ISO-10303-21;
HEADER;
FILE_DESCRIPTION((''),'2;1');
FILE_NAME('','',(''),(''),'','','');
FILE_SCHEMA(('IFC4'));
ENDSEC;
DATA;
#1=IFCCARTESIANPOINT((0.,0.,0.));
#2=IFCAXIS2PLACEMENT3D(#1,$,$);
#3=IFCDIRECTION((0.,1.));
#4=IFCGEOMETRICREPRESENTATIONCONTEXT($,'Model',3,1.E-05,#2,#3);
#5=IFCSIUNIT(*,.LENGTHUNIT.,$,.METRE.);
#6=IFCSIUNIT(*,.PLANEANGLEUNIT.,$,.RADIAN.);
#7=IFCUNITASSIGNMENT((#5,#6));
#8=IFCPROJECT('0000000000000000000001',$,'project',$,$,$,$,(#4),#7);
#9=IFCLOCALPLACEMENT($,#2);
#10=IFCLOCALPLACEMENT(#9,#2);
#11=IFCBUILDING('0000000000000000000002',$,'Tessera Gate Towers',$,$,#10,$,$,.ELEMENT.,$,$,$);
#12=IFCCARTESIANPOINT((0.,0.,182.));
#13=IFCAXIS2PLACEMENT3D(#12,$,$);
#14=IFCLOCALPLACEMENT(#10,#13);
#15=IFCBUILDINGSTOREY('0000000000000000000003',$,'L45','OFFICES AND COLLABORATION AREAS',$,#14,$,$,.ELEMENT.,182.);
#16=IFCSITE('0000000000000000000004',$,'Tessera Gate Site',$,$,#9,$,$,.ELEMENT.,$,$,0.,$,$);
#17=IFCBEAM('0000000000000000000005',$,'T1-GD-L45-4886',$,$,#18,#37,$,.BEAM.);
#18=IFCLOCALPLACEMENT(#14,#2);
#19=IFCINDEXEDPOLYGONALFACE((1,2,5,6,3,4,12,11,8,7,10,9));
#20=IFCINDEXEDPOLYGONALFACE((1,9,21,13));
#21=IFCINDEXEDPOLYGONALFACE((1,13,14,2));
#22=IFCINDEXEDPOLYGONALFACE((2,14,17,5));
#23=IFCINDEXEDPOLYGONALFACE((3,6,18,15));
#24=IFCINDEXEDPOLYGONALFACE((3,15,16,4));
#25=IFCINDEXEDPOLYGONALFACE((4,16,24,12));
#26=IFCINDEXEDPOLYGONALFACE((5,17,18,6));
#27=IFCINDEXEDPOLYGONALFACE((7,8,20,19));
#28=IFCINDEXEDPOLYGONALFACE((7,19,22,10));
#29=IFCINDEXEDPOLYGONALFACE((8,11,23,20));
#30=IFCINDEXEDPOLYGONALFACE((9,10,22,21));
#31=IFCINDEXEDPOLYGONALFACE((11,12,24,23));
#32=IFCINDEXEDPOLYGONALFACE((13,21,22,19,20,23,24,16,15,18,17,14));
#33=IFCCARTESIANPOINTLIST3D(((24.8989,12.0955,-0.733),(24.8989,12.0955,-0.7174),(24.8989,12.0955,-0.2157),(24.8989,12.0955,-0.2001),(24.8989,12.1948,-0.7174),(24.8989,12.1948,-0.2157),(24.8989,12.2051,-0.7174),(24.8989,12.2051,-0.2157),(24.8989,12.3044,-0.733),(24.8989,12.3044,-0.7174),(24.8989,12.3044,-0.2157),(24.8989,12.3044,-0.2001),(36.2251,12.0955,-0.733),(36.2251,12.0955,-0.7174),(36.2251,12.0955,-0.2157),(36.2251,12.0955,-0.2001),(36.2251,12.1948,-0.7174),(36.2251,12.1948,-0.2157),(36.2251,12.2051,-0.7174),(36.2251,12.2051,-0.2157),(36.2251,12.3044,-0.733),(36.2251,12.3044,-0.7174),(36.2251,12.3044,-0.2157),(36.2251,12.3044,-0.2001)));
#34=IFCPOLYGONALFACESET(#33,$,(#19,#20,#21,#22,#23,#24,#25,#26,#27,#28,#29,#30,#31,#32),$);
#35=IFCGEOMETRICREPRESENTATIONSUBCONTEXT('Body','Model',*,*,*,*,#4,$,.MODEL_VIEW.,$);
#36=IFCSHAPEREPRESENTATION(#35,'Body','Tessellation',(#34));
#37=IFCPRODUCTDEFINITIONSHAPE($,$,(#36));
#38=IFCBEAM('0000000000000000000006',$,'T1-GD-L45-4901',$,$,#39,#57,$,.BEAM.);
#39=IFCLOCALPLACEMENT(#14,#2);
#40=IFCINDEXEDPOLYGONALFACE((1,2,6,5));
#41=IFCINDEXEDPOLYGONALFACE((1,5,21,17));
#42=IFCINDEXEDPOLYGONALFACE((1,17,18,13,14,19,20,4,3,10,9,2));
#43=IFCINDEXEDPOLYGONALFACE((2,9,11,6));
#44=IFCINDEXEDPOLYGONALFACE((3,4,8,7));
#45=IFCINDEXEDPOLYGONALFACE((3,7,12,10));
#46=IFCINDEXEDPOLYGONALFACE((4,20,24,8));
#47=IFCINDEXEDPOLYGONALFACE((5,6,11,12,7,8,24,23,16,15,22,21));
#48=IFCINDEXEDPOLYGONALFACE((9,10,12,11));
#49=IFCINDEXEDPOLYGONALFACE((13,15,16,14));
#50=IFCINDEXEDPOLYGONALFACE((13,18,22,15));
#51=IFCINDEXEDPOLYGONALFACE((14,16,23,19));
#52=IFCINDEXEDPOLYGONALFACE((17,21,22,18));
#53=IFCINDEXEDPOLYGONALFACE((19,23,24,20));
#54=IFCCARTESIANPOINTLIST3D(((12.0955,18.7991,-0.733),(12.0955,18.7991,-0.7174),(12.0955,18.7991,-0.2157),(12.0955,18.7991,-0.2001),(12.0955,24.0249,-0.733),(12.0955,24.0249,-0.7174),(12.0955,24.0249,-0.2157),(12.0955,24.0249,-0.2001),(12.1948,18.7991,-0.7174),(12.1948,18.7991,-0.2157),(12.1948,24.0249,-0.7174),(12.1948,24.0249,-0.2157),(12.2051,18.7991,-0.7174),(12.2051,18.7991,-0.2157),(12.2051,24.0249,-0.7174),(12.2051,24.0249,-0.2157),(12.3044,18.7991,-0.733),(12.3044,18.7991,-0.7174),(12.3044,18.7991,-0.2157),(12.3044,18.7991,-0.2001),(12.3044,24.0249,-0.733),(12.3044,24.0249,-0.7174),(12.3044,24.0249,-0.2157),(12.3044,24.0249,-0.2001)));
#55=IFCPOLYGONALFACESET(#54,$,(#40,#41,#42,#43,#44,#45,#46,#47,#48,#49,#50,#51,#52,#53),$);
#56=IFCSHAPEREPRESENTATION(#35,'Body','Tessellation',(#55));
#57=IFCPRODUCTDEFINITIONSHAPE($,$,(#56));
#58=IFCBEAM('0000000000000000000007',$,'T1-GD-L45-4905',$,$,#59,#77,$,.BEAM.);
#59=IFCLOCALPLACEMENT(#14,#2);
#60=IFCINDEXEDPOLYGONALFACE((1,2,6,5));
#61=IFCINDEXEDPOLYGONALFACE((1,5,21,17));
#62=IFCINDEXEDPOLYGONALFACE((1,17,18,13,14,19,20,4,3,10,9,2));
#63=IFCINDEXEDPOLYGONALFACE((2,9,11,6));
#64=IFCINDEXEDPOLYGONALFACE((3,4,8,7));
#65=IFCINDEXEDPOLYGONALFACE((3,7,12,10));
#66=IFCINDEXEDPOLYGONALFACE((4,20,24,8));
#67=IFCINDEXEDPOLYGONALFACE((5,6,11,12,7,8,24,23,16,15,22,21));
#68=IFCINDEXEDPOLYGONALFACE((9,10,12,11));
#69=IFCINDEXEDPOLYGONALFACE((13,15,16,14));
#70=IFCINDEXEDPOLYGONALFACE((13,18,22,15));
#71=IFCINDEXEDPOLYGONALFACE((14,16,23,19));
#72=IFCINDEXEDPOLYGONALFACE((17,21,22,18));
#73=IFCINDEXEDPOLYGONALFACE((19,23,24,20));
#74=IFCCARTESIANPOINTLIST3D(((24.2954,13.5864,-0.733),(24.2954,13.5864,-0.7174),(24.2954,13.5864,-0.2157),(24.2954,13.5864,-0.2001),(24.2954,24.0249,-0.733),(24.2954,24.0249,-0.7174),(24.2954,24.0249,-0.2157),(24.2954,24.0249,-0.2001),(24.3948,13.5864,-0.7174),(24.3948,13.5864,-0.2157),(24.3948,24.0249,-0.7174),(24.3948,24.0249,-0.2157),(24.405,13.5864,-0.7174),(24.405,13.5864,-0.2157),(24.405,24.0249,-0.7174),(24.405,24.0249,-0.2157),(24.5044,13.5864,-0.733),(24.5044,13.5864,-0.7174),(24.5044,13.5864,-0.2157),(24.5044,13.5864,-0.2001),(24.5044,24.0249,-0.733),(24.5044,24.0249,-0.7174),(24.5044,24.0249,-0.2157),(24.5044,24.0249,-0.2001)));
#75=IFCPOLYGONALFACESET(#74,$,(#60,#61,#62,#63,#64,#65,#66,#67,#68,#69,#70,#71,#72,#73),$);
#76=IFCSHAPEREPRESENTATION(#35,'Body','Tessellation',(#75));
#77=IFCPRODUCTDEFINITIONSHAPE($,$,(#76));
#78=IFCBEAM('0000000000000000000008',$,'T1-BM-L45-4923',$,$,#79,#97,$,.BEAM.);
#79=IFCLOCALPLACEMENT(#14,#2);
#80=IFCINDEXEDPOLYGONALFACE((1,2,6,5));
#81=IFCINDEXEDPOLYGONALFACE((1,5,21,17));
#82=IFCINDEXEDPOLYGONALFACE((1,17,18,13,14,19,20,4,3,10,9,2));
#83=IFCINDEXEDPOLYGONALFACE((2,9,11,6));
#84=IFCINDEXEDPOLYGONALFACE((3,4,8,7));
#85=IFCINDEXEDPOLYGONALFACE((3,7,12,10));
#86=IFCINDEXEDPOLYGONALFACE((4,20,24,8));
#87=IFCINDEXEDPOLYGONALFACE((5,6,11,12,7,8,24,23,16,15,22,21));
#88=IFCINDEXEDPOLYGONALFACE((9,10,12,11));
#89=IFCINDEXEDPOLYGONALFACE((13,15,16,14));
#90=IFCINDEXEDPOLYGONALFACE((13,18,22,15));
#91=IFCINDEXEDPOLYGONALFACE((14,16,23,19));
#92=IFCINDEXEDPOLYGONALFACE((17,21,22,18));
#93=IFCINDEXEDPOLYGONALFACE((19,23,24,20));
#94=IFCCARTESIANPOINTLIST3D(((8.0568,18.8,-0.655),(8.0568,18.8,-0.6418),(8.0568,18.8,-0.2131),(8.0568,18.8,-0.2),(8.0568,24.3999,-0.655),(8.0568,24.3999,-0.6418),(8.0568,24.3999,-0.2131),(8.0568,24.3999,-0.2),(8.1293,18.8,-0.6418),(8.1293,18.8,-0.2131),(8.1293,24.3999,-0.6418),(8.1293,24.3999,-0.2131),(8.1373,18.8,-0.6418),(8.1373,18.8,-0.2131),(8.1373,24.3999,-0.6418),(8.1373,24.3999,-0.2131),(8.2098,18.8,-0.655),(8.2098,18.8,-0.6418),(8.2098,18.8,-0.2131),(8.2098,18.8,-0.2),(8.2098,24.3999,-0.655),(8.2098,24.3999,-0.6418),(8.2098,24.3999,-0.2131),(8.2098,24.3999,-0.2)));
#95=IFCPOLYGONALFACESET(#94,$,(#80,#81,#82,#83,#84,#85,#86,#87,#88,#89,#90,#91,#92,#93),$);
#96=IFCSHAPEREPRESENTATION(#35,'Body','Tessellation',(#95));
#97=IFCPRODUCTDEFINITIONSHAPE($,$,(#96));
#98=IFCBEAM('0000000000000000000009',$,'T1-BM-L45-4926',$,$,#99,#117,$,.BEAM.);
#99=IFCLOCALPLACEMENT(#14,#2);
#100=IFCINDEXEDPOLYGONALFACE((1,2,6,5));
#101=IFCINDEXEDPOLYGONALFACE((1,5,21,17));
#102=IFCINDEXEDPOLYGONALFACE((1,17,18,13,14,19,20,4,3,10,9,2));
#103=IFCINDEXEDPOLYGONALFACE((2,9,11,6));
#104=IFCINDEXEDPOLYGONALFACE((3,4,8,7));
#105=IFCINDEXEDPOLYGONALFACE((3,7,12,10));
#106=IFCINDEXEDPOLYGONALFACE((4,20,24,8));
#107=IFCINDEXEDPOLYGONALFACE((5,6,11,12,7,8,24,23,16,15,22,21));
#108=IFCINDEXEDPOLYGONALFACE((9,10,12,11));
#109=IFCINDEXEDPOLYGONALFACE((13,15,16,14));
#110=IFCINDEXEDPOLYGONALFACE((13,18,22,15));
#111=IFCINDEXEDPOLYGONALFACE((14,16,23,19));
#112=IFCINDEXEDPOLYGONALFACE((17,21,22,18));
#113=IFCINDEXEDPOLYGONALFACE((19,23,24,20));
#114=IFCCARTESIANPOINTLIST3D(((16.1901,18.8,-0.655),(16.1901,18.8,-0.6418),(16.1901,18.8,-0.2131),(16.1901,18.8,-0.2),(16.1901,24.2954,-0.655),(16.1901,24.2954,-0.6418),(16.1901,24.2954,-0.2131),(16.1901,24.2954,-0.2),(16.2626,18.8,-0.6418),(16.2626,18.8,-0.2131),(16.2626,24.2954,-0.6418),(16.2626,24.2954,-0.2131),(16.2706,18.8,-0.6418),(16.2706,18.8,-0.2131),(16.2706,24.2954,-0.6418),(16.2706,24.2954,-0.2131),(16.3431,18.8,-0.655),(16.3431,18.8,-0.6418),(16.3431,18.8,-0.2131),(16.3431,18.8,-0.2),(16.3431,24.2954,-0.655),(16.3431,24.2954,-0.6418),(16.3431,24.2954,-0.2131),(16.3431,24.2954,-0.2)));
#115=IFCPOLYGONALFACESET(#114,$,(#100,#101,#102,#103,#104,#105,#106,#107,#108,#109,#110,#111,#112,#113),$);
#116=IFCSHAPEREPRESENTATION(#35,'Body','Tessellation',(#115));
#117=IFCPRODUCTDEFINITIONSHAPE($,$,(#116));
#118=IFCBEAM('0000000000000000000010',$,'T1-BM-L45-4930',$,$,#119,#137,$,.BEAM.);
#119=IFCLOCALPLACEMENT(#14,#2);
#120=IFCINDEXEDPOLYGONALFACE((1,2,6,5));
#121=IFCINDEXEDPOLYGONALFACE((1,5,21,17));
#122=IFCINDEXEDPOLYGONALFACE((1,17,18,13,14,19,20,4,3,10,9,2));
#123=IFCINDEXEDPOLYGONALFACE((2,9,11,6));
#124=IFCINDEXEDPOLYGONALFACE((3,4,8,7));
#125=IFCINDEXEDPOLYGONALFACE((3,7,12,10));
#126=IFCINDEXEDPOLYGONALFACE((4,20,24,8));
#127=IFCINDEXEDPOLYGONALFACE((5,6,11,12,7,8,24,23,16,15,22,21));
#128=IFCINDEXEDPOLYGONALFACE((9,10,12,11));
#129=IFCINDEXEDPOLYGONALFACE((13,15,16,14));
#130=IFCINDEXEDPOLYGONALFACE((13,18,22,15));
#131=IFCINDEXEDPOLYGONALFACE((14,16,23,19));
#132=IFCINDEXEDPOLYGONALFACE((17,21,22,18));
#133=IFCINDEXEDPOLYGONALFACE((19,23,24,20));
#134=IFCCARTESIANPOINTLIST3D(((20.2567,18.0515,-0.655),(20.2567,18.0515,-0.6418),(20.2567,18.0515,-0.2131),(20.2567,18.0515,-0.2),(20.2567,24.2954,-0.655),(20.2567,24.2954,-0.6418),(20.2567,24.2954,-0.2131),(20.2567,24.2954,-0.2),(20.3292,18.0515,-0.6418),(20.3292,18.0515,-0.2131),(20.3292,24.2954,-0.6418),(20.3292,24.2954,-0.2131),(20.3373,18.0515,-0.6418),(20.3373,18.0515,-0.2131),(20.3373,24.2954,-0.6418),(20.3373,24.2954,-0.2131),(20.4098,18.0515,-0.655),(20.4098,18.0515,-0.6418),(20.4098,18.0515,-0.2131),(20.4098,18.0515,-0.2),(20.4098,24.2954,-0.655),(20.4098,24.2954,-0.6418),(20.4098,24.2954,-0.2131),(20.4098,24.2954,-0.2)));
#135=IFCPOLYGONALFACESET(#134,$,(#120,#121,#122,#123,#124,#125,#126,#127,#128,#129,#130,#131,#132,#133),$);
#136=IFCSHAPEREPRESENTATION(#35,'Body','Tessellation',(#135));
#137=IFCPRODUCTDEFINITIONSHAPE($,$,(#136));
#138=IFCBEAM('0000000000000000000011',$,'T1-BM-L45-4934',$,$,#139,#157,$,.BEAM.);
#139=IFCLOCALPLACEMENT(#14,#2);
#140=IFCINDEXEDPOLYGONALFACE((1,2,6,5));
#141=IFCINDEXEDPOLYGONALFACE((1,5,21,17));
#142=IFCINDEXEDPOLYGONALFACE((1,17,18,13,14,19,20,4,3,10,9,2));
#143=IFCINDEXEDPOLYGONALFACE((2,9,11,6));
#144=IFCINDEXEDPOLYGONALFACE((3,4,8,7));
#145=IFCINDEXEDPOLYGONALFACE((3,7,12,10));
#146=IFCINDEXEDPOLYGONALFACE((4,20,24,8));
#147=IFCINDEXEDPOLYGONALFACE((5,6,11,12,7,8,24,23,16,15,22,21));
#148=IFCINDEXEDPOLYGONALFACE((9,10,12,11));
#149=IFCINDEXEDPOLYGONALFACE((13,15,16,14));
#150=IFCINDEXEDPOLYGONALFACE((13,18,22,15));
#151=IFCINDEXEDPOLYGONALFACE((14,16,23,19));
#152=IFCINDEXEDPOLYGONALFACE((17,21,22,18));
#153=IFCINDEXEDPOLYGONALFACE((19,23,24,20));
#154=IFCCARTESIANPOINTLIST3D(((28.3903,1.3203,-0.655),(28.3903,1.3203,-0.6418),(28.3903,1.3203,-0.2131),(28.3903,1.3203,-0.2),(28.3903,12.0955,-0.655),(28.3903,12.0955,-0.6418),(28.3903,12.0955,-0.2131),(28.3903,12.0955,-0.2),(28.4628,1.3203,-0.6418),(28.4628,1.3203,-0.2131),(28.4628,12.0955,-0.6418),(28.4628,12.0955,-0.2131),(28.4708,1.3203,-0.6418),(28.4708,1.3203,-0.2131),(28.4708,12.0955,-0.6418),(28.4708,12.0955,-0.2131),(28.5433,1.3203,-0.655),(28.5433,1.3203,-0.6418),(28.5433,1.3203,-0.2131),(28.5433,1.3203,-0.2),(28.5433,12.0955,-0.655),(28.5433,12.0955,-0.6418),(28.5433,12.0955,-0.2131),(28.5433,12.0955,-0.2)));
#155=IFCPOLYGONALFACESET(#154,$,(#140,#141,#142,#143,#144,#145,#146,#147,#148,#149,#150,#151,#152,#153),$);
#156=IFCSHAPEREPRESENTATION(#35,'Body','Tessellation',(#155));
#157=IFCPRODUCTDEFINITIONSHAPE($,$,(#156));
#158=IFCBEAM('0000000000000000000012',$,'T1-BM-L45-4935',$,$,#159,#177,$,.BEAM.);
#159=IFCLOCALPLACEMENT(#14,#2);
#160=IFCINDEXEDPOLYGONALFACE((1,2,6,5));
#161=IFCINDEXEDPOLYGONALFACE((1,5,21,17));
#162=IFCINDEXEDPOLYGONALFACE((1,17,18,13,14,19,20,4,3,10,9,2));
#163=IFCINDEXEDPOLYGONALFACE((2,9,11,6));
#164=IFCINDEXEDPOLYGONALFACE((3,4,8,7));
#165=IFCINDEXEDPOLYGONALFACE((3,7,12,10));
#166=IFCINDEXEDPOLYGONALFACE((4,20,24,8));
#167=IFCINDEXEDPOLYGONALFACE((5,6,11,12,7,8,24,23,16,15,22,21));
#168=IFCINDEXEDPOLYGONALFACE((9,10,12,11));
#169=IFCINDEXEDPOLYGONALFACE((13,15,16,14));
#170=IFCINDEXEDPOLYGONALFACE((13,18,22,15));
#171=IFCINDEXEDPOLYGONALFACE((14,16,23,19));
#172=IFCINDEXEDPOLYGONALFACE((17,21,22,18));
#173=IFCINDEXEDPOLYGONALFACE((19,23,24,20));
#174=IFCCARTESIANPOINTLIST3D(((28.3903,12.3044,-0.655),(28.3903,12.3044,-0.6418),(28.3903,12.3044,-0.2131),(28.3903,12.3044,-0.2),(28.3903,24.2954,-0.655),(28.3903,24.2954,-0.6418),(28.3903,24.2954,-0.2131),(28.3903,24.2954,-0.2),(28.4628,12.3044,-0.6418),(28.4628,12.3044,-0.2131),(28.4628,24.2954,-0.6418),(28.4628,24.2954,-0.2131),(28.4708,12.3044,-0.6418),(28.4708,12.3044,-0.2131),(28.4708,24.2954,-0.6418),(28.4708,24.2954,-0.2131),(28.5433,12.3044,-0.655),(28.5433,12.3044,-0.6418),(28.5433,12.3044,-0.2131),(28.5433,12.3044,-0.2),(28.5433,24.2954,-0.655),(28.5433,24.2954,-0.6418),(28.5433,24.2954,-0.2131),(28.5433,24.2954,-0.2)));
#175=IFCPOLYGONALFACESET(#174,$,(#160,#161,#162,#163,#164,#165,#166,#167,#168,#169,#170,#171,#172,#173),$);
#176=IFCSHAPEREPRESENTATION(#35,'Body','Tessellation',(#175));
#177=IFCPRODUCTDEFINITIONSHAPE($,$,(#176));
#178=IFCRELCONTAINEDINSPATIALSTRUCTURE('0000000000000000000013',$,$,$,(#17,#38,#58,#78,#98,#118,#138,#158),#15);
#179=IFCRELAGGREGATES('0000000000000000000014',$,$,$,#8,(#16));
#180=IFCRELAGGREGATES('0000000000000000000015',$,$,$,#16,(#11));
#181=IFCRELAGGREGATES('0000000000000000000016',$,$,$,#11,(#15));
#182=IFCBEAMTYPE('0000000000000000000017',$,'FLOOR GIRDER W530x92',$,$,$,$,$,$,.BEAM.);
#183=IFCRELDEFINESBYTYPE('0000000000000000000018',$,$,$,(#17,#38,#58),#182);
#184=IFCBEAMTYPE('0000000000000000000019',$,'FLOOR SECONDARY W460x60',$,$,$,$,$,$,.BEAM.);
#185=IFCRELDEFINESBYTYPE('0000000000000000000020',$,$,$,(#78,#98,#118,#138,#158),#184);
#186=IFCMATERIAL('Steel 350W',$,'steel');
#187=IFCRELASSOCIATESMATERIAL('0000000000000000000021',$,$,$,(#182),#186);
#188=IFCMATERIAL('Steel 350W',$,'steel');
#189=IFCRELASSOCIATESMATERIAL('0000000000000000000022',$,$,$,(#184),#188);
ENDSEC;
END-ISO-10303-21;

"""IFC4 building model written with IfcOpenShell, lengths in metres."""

from ifc_helpers import new_model, si_unit, direction, frame, origin, origin_2d, place, context, subcontext, project, spatial, i_section, extrude, material, material_profile, profile_set, type_object, element, save


model = new_model("IFC4")

# Units and contexts
model_context = context("Model", 3, precision=1e-05, world=origin(), true_north=direction((0.0, 1.0)))
body_context = subcontext(model_context, "Body", "Model", "MODEL_VIEW")
ifc_project = project(units=[si_unit("LENGTHUNIT", "METRE"), si_unit("PLANEANGLEUNIT", "RADIAN")], contexts=[model_context])

# Site, building, storey
site_placement = place(None, origin())
site = spatial("IfcSite", under=ifc_project, at=site_placement, Name="Tessera Gate Site", CompositionType="ELEMENT", RefElevation=0.0)
building_placement = place(site_placement, origin())
building = spatial("IfcBuilding", under=site, at=building_placement, Name="Tessera Gate Towers", CompositionType="ELEMENT")
storey_placement = place(building_placement, frame((0.0, 0.0, 182.0)))
storey = spatial("IfcBuildingStorey", under=building, at=storey_placement, Name="L45", Description="OFFICES AND COLLABORATION AREAS", CompositionType="ELEMENT", Elevation=182.0)

# Beams
ifc_material_1 = material(Name="Steel 350W", Category="steel")
ifc_material_profile_1 = material_profile(ifc_material_1, i_section(OverallWidth=0.209, OverallDepth=0.533, WebThickness=0.0103, FlangeThickness=0.0156, at=origin_2d()), Name="W530x92")
ifc_profile_set_1 = profile_set([ifc_material_profile_1], Name="Steel 350W")
beam_type_1 = type_object("IfcBeamType", Name="FLOOR GIRDER W530x92", PredefinedType="BEAM", material=ifc_profile_set_1)
beam_1_placement = place(storey_placement, frame((24.8989, 12.2, -0.4666), z_axis=(1.0, 0.0, 0.0), x_axis=(0.0, 1.0, 0.0)))
element("IfcBeam", 1, at=beam_1_placement, inside=storey, type_object=beam_type_1, Name="T1-GD-L45-4886", PredefinedType="BEAM", context=body_context, shape_type="SweptSolid", body=[
    extrude(i_section(OverallWidth=0.209, OverallDepth=0.533, WebThickness=0.0103, FlangeThickness=0.0156, at=origin_2d()), origin(), (0.0, 0.0, 1.0), 11.3262),
])
beam_2_placement = place(storey_placement, frame((12.2, 18.7991, -0.4666), z_axis=(0.0, 1.0, 0.0), x_axis=(-1.0, 0.0, 0.0)))
element("IfcBeam", 2, at=beam_2_placement, inside=storey, type_object=beam_type_1, Name="T1-GD-L45-4901", PredefinedType="BEAM", context=body_context, shape_type="SweptSolid", body=[
    extrude(i_section(OverallWidth=0.209, OverallDepth=0.533, WebThickness=0.0103, FlangeThickness=0.0156, at=origin_2d()), origin(), (0.0, 0.0, 1.0), 5.2258),
])
beam_3_placement = place(storey_placement, frame((24.3999, 13.5864, -0.4666), z_axis=(0.0, 1.0, 0.0), x_axis=(-1.0, 0.0, 0.0)))
element("IfcBeam", 3, at=beam_3_placement, inside=storey, type_object=beam_type_1, Name="T1-GD-L45-4905", PredefinedType="BEAM", context=body_context, shape_type="SweptSolid", body=[
    extrude(i_section(OverallWidth=0.209, OverallDepth=0.533, WebThickness=0.0103, FlangeThickness=0.0156, at=origin_2d()), origin(), (0.0, 0.0, 1.0), 10.4385),
])
ifc_material_2 = material(Name="Steel 350W", Category="steel")
ifc_material_profile_2 = material_profile(ifc_material_2, i_section(OverallWidth=0.1531, OverallDepth=0.4551, WebThickness=0.0081, FlangeThickness=0.0132, at=origin_2d()), Name="W460x60")
ifc_profile_set_2 = profile_set([ifc_material_profile_2], Name="Steel 350W")
beam_type_2 = type_object("IfcBeamType", Name="FLOOR SECONDARY W460x60", PredefinedType="BEAM", material=ifc_profile_set_2)
beam_4_placement = place(storey_placement, frame((8.1333, 18.8, -0.4275), z_axis=(0.0, 1.0, 0.0), x_axis=(-1.0, 0.0, 0.0)))
element("IfcBeam", 4, at=beam_4_placement, inside=storey, type_object=beam_type_2, Name="T1-BM-L45-4923", PredefinedType="BEAM", context=body_context, shape_type="SweptSolid", body=[
    extrude(i_section(OverallWidth=0.1531, OverallDepth=0.4551, WebThickness=0.0081, FlangeThickness=0.0132, at=origin_2d()), origin(), (0.0, 0.0, 1.0), 5.5999),
])
beam_5_placement = place(storey_placement, frame((16.2666, 18.8, -0.4275), z_axis=(0.0, 1.0, 0.0), x_axis=(-1.0, 0.0, 0.0)))
element("IfcBeam", 5, at=beam_5_placement, inside=storey, type_object=beam_type_2, Name="T1-BM-L45-4926", PredefinedType="BEAM", context=body_context, shape_type="SweptSolid", body=[
    extrude(i_section(OverallWidth=0.1531, OverallDepth=0.4551, WebThickness=0.0081, FlangeThickness=0.0132, at=origin_2d()), origin(), (0.0, 0.0, 1.0), 5.4954),
])
beam_6_placement = place(storey_placement, frame((20.3333, 18.0515, -0.4275), z_axis=(0.0, 1.0, 0.0), x_axis=(-1.0, 0.0, 0.0)))
element("IfcBeam", 6, at=beam_6_placement, inside=storey, type_object=beam_type_2, Name="T1-BM-L45-4930", PredefinedType="BEAM", context=body_context, shape_type="SweptSolid", body=[
    extrude(i_section(OverallWidth=0.1531, OverallDepth=0.4551, WebThickness=0.0081, FlangeThickness=0.0132, at=origin_2d()), origin(), (0.0, 0.0, 1.0), 6.2439),
])
beam_7_placement = place(storey_placement, frame((28.4668, 1.3203, -0.4275), z_axis=(0.0, 1.0, 0.0), x_axis=(-1.0, 0.0, 0.0)))
element("IfcBeam", 7, at=beam_7_placement, inside=storey, type_object=beam_type_2, Name="T1-BM-L45-4934", PredefinedType="BEAM", context=body_context, shape_type="SweptSolid", body=[
    extrude(i_section(OverallWidth=0.1531, OverallDepth=0.4551, WebThickness=0.0081, FlangeThickness=0.0132, at=origin_2d()), origin(), (0.0, 0.0, 1.0), 10.7751),
])
beam_8_placement = place(storey_placement, frame((28.4668, 12.3044, -0.4275), z_axis=(0.0, 1.0, 0.0), x_axis=(-1.0, 0.0, 0.0)))
element("IfcBeam", 8, at=beam_8_placement, inside=storey, type_object=beam_type_2, Name="T1-BM-L45-4935", PredefinedType="BEAM", context=body_context, shape_type="SweptSolid", body=[
    extrude(i_section(OverallWidth=0.1531, OverallDepth=0.4551, WebThickness=0.0081, FlangeThickness=0.0132, at=origin_2d()), origin(), (0.0, 0.0, 1.0), 11.991),
])

save(model, "model.ifc")
